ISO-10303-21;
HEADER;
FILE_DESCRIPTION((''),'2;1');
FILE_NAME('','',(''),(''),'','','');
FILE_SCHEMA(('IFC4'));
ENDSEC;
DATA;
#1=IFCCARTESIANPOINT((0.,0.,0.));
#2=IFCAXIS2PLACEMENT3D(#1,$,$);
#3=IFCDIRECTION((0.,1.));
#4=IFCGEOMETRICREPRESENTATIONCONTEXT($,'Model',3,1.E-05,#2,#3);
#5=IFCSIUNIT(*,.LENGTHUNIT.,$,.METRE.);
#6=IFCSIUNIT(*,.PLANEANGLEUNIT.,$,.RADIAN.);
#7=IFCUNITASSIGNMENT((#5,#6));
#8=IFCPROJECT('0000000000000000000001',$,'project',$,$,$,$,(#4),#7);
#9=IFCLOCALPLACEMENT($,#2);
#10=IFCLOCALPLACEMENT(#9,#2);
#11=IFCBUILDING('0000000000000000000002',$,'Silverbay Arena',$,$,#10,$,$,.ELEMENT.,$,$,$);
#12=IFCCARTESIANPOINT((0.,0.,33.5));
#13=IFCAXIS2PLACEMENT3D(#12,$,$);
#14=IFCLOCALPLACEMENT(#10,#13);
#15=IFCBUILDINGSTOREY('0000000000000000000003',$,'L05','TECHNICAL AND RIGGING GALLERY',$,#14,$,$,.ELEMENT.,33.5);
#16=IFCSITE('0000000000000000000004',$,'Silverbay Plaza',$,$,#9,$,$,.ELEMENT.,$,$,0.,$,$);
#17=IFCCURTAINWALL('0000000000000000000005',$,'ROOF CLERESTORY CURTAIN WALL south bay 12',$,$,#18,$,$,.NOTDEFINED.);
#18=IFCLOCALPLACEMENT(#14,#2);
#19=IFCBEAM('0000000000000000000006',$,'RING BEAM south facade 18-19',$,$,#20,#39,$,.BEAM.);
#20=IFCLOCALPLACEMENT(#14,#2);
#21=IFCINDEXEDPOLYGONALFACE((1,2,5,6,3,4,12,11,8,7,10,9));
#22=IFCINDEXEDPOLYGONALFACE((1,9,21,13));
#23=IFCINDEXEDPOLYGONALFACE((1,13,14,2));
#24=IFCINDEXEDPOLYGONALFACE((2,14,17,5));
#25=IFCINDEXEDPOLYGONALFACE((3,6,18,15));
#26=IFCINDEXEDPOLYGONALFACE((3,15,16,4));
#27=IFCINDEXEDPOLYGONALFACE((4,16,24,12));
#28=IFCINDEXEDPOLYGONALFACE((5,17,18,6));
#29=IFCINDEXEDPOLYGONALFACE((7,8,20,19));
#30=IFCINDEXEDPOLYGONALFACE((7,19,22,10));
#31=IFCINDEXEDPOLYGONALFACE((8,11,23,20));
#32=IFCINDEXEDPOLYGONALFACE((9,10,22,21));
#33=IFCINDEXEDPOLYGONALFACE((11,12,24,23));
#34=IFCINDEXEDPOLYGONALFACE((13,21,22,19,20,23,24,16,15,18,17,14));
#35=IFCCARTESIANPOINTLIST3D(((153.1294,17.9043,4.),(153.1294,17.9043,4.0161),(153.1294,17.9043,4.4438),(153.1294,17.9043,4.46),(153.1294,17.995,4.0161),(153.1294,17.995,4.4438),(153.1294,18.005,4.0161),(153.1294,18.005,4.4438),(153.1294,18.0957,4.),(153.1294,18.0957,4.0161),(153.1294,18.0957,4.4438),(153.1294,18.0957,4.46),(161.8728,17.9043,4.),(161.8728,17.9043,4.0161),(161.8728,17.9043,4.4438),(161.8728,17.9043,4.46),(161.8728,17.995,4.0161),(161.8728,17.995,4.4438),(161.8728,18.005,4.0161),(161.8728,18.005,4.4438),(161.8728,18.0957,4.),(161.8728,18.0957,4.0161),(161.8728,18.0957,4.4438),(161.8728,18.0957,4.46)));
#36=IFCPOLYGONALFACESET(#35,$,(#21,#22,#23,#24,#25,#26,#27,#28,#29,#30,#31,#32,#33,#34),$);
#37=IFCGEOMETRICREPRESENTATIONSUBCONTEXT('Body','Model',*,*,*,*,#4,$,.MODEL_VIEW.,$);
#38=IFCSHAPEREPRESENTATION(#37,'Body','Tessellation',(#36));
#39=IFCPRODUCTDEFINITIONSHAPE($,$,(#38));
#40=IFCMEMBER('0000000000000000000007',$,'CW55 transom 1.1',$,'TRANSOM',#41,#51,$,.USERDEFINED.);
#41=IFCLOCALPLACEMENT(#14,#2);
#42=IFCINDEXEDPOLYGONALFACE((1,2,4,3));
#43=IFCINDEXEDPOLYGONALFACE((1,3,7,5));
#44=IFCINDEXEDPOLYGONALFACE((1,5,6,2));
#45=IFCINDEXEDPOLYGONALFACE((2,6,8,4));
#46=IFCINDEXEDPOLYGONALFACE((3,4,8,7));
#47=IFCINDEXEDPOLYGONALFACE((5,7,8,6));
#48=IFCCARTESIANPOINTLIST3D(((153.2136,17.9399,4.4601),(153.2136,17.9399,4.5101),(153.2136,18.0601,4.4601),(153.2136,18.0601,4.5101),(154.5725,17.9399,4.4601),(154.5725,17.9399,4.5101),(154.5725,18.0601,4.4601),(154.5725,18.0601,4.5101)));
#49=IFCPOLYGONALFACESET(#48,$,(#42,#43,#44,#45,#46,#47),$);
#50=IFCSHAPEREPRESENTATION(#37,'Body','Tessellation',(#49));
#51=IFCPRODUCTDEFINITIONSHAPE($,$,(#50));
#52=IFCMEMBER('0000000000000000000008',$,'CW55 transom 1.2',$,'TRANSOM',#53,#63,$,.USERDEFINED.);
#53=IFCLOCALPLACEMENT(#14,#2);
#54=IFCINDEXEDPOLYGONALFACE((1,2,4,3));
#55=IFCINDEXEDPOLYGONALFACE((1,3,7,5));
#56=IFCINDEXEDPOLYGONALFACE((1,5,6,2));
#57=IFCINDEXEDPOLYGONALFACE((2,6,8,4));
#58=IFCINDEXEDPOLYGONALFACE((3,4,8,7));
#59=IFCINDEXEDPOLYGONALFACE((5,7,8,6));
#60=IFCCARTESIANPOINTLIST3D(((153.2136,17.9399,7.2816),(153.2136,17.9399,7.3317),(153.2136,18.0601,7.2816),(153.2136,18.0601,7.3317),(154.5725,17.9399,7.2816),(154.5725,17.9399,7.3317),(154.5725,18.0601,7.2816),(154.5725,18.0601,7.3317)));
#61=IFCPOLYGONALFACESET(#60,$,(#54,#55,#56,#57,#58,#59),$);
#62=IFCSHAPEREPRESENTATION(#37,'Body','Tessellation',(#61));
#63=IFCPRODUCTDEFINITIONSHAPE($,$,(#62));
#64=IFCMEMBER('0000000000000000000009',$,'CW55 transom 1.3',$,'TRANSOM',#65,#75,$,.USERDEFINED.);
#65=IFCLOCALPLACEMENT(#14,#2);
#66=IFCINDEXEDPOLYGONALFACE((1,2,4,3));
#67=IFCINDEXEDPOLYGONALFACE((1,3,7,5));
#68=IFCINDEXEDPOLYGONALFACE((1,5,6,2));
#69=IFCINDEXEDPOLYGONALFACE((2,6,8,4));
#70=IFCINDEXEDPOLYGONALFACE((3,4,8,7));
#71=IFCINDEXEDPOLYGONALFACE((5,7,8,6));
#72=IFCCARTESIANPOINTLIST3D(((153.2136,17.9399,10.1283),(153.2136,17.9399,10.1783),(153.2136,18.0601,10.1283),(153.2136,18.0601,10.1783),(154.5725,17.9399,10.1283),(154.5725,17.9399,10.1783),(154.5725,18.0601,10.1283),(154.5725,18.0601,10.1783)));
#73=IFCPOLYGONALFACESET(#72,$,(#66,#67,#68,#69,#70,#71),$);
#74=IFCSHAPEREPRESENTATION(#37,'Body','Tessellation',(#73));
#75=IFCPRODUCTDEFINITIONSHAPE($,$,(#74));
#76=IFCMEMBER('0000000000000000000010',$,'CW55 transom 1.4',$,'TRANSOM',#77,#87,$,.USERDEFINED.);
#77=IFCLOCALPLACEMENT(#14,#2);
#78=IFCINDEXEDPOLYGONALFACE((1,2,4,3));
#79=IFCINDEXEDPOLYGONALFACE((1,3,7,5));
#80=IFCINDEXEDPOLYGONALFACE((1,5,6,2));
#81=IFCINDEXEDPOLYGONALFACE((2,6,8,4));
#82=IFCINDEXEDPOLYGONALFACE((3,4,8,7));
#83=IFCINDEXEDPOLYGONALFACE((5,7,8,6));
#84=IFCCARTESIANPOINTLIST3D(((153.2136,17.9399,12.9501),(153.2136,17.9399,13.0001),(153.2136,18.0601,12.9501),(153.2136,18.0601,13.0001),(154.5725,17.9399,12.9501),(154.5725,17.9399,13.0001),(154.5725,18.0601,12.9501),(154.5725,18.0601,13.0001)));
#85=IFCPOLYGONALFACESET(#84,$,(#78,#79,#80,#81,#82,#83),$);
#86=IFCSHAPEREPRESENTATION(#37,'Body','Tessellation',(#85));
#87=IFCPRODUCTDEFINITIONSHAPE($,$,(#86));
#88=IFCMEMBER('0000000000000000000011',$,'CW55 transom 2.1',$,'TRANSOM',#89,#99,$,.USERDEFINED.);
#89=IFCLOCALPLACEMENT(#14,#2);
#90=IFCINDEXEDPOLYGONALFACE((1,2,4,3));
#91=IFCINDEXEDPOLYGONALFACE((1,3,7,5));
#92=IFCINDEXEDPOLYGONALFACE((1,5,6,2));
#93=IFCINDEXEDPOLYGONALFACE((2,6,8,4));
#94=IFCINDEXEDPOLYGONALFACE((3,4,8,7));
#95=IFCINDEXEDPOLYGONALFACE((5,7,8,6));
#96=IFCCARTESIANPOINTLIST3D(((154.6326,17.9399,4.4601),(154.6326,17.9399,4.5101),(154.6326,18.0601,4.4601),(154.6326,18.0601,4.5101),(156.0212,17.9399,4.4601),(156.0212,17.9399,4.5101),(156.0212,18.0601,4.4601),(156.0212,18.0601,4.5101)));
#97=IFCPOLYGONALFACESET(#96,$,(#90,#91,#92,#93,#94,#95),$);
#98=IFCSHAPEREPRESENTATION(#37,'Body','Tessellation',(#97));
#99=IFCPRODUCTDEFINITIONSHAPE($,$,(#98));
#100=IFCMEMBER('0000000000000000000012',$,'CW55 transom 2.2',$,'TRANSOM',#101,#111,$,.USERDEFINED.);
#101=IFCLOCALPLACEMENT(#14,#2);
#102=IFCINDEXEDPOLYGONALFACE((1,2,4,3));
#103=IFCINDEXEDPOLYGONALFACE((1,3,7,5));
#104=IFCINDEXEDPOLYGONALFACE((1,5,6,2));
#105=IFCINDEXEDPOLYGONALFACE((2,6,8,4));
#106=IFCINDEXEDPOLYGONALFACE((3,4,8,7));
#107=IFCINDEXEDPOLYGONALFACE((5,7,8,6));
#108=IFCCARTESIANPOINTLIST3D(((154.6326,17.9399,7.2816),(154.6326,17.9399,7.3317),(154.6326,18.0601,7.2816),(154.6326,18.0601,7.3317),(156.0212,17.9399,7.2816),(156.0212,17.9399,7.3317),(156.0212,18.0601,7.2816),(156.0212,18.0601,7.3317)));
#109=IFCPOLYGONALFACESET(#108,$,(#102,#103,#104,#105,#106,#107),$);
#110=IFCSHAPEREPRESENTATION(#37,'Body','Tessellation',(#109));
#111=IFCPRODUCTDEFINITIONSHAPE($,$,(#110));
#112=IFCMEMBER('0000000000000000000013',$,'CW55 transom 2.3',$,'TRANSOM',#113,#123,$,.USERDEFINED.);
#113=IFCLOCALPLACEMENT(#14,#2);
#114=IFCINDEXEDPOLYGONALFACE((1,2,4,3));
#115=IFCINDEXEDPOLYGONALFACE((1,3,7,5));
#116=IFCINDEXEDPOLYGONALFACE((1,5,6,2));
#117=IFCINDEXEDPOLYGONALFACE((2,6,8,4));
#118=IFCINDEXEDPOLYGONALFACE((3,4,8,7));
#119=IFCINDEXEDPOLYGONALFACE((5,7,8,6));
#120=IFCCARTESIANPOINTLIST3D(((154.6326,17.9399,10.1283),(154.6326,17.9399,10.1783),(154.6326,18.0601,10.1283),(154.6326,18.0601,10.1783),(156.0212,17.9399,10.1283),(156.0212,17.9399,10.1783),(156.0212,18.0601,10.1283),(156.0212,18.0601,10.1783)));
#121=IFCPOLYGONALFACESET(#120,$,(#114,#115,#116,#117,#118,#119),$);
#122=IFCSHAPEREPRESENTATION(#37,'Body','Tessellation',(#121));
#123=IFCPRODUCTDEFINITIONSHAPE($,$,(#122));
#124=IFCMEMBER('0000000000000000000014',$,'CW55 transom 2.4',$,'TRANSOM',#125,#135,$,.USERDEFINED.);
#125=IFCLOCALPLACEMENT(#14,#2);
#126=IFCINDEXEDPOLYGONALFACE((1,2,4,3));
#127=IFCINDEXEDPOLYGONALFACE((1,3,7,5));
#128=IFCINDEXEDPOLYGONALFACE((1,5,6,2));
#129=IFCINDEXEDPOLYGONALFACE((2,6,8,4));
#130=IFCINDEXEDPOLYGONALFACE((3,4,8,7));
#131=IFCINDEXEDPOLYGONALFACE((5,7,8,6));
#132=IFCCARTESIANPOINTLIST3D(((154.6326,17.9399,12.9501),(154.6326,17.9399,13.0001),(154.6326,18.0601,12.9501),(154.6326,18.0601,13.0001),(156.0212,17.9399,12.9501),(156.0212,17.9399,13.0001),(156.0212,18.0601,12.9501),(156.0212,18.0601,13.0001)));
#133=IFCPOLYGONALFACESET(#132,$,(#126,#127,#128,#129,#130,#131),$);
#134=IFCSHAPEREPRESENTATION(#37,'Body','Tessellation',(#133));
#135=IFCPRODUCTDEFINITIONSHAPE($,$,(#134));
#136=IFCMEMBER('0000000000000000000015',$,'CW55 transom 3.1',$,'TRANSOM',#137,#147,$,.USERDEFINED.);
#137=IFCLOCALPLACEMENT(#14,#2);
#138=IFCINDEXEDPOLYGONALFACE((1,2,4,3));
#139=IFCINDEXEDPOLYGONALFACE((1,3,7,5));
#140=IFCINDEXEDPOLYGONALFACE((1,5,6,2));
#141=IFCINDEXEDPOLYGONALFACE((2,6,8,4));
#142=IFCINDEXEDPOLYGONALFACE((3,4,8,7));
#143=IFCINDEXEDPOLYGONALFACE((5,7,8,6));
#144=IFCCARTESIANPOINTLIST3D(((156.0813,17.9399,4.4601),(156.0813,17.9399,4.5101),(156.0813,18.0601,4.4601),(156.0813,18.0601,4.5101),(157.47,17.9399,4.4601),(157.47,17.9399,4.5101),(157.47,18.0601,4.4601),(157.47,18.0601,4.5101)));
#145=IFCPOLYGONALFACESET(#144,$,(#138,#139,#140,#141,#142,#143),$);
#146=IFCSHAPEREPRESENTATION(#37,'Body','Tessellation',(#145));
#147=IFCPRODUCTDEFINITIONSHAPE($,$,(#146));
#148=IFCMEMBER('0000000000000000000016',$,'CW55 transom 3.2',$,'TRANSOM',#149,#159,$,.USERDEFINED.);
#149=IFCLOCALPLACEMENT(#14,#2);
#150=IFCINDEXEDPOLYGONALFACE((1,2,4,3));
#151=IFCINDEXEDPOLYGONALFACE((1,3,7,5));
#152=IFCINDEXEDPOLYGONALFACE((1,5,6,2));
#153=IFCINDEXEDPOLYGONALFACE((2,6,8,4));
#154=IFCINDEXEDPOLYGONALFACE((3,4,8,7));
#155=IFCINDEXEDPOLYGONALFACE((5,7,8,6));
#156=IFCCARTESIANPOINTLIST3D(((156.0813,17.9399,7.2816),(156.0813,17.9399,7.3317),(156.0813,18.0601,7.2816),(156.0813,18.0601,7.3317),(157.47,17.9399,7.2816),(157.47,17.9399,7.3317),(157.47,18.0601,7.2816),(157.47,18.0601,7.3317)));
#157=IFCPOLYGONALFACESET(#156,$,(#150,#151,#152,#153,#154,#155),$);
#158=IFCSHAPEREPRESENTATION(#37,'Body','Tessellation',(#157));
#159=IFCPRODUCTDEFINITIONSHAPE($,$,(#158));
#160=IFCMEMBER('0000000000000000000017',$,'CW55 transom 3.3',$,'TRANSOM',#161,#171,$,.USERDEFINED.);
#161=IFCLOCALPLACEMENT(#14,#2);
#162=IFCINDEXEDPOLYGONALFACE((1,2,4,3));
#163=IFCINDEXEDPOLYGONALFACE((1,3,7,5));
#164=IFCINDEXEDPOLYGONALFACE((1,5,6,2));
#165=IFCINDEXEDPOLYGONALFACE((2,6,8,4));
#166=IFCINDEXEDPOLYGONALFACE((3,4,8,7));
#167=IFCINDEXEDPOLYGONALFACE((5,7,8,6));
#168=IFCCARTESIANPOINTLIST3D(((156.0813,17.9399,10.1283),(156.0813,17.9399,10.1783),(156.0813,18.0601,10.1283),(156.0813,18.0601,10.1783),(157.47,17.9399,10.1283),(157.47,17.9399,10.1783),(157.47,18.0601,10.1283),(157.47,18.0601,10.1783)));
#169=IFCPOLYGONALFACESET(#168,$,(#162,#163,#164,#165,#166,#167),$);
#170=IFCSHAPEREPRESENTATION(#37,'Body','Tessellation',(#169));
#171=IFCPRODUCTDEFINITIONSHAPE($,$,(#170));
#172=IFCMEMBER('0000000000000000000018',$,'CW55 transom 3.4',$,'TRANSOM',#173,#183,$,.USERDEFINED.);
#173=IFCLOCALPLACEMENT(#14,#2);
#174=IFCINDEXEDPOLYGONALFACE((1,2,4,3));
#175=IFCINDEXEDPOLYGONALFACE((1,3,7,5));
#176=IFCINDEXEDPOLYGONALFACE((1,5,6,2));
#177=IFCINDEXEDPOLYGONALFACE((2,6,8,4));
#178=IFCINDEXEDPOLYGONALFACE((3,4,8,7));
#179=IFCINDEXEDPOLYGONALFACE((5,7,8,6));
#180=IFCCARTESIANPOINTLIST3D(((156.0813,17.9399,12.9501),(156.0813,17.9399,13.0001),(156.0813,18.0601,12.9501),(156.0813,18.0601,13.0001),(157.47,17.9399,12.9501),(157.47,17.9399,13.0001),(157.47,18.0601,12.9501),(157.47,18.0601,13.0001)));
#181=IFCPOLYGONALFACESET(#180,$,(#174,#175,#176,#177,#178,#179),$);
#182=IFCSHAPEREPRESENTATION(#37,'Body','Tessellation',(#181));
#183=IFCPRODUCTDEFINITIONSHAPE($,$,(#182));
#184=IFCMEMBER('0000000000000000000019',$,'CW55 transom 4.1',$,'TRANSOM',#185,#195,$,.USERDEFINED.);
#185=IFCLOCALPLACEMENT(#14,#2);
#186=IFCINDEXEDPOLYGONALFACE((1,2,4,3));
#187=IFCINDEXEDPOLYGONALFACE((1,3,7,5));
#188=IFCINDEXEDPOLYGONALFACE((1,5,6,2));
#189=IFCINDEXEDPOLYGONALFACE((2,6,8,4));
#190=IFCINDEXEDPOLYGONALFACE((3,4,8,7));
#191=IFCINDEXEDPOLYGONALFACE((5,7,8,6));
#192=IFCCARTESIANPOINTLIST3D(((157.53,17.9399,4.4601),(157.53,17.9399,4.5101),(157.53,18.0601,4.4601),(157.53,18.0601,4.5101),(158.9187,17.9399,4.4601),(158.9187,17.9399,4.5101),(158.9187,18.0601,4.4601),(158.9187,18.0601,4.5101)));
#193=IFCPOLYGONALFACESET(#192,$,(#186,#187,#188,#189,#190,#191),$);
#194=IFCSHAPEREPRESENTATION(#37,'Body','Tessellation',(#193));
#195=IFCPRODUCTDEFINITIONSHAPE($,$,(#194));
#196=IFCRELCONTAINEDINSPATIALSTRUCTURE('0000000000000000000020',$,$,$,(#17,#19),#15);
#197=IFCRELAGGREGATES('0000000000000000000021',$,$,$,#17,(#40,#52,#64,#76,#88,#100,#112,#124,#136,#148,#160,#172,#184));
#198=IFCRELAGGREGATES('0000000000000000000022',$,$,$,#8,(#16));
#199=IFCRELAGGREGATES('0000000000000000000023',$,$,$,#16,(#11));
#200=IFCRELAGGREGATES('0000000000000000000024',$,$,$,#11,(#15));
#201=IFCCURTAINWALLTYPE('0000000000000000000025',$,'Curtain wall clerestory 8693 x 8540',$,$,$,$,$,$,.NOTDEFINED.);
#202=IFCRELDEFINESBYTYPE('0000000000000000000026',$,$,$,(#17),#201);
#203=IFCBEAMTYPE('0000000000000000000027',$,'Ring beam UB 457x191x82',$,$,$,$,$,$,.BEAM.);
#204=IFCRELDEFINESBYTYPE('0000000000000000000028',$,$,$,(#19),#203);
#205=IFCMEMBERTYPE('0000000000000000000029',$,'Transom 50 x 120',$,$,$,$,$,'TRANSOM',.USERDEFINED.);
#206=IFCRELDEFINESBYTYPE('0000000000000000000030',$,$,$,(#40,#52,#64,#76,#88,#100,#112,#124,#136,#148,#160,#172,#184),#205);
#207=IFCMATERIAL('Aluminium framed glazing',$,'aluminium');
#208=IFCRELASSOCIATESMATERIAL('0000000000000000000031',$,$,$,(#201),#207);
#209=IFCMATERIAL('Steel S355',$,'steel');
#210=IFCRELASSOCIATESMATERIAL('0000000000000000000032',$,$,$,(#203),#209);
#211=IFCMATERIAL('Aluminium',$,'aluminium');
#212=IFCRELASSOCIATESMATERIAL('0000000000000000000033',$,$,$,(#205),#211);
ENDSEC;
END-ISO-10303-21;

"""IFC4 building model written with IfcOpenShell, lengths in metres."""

from ifc_helpers import new_model, si_unit, direction, frame, origin, origin_2d, place, context, subcontext, project, spatial, rectangle, i_section, extrude, material, material_profile, profile_set, type_object, element, aggregate, save


model = new_model("IFC4")

# Units and contexts
model_context = context("Model", 3, precision=1e-05, world=origin(), true_north=direction((0.0, 1.0)))
body_context = subcontext(model_context, "Body", "Model", "MODEL_VIEW")
ifc_project = project(units=[si_unit("LENGTHUNIT", "METRE"), si_unit("PLANEANGLEUNIT", "RADIAN")], contexts=[model_context])

# Site, building, storey
site_placement = place(None, origin())
site = spatial("IfcSite", under=ifc_project, at=site_placement, Name="Silverbay Plaza", CompositionType="ELEMENT", RefElevation=0.0)
building_placement = place(site_placement, origin())
building = spatial("IfcBuilding", under=site, at=building_placement, Name="Silverbay Arena", CompositionType="ELEMENT")
storey_placement = place(building_placement, frame((0.0, 0.0, 33.5)))
storey = spatial("IfcBuildingStorey", under=building, at=storey_placement, Name="L05", Description="TECHNICAL AND RIGGING GALLERY", CompositionType="ELEMENT", Elevation=33.5)

# Curtain wall
ifc_material_1 = material(Name="Aluminium framed glazing", Category="aluminium")
curtain_wall_type = type_object("IfcCurtainWallType", Name="Curtain wall clerestory 8693 x 8540", PredefinedType="NOTDEFINED", material=ifc_material_1)
curtain_wall_placement = place(storey_placement, origin())
curtain_wall = element("IfcCurtainWall", 1, at=curtain_wall_placement, inside=storey, type_object=curtain_wall_type, Name="ROOF CLERESTORY CURTAIN WALL south bay 12", PredefinedType="NOTDEFINED")

# Beam
ifc_material_2 = material(Name="Steel S355", Category="steel")
ifc_material_profile_1 = material_profile(ifc_material_2, i_section(OverallWidth=0.1914, OverallDepth=0.46, WebThickness=0.01, FlangeThickness=0.0161, at=origin_2d()), Name="UB 457x191x82")
ifc_profile_set_1 = profile_set([ifc_material_profile_1], Name="Steel S355")
beam_type = type_object("IfcBeamType", Name="Ring beam UB 457x191x82", PredefinedType="BEAM", material=ifc_profile_set_1)
beam_placement = place(storey_placement, frame((153.1294, 18.0, 4.23), z_axis=(1.0, 0.0, 0.0), x_axis=(0.0, 1.0, 0.0)))
element("IfcBeam", 2, at=beam_placement, inside=storey, type_object=beam_type, Name="RING BEAM south facade 18-19", PredefinedType="BEAM", context=body_context, shape_type="SweptSolid", body=[
    extrude(i_section(OverallWidth=0.1914, OverallDepth=0.46, WebThickness=0.01, FlangeThickness=0.0161, at=origin_2d()), origin(), (0.0, 0.0, 1.0), 8.7434),
])

# Members
ifc_material_3 = material(Name="Aluminium", Category="aluminium")
ifc_material_profile_2 = material_profile(ifc_material_3, rectangle(XDim=0.1201, YDim=0.05, at=origin_2d()), Name="Transom 50 x 120")
ifc_profile_set_2 = profile_set([ifc_material_profile_2], Name="Aluminium")
member_type_1 = type_object("IfcMemberType", Name="Transom 50 x 120", ElementType="TRANSOM", PredefinedType="USERDEFINED", material=ifc_profile_set_2)
member_1_placement = place(storey_placement, frame((153.2136, 18.0, 4.4851), z_axis=(1.0, 0.0, 0.0), x_axis=(0.0, 1.0, 0.0)))
member_1 = element("IfcMember", 3, at=member_1_placement, type_object=member_type_1, Name="CW55 transom 1.1", ObjectType="TRANSOM", PredefinedType="USERDEFINED", context=body_context, shape_type="SweptSolid", body=[
    extrude(rectangle(XDim=0.1201, YDim=0.05, at=origin_2d()), origin(), (0.0, 0.0, 1.0), 1.3589),
])
member_2_placement = place(storey_placement, frame((153.2136, 18.0, 7.3066), z_axis=(1.0, 0.0, 0.0), x_axis=(0.0, 1.0, 0.0)))
member_2 = element("IfcMember", 4, at=member_2_placement, type_object=member_type_1, Name="CW55 transom 1.2", ObjectType="TRANSOM", PredefinedType="USERDEFINED", context=body_context, shape_type="SweptSolid", body=[
    extrude(rectangle(XDim=0.1201, YDim=0.05, at=origin_2d()), origin(), (0.0, 0.0, 1.0), 1.3589),
])
member_3_placement = place(storey_placement, frame((153.2136, 18.0, 10.1533), z_axis=(1.0, 0.0, 0.0), x_axis=(0.0, 1.0, 0.0)))
member_3 = element("IfcMember", 5, at=member_3_placement, type_object=member_type_1, Name="CW55 transom 1.3", ObjectType="TRANSOM", PredefinedType="USERDEFINED", context=body_context, shape_type="SweptSolid", body=[
    extrude(rectangle(XDim=0.1201, YDim=0.05, at=origin_2d()), origin(), (0.0, 0.0, 1.0), 1.3589),
])
member_4_placement = place(storey_placement, frame((153.2136, 18.0, 12.9751), z_axis=(1.0, 0.0, 0.0), x_axis=(0.0, 1.0, 0.0)))
member_4 = element("IfcMember", 6, at=member_4_placement, type_object=member_type_1, Name="CW55 transom 1.4", ObjectType="TRANSOM", PredefinedType="USERDEFINED", context=body_context, shape_type="SweptSolid", body=[
    extrude(rectangle(XDim=0.1201, YDim=0.05, at=origin_2d()), origin(), (0.0, 0.0, 1.0), 1.3589),
])
member_5_placement = place(storey_placement, frame((154.6326, 18.0, 4.4851), z_axis=(1.0, 0.0, 0.0), x_axis=(0.0, 1.0, 0.0)))
member_5 = element("IfcMember", 7, at=member_5_placement, type_object=member_type_1, Name="CW55 transom 2.1", ObjectType="TRANSOM", PredefinedType="USERDEFINED", context=body_context, shape_type="SweptSolid", body=[
    extrude(rectangle(XDim=0.1201, YDim=0.05, at=origin_2d()), origin(), (0.0, 0.0, 1.0), 1.3887),
])
member_6_placement = place(storey_placement, frame((154.6326, 18.0, 7.3066), z_axis=(1.0, 0.0, 0.0), x_axis=(0.0, 1.0, 0.0)))
member_6 = element("IfcMember", 8, at=member_6_placement, type_object=member_type_1, Name="CW55 transom 2.2", ObjectType="TRANSOM", PredefinedType="USERDEFINED", context=body_context, shape_type="SweptSolid", body=[
    extrude(rectangle(XDim=0.1201, YDim=0.05, at=origin_2d()), origin(), (0.0, 0.0, 1.0), 1.3887),
])
member_7_placement = place(storey_placement, frame((154.6326, 18.0, 10.1533), z_axis=(1.0, 0.0, 0.0), x_axis=(0.0, 1.0, 0.0)))
member_7 = element("IfcMember", 9, at=member_7_placement, type_object=member_type_1, Name="CW55 transom 2.3", ObjectType="TRANSOM", PredefinedType="USERDEFINED", context=body_context, shape_type="SweptSolid", body=[
    extrude(rectangle(XDim=0.1201, YDim=0.05, at=origin_2d()), origin(), (0.0, 0.0, 1.0), 1.3887),
])
member_8_placement = place(storey_placement, frame((154.6326, 18.0, 12.9751), z_axis=(1.0, 0.0, 0.0), x_axis=(0.0, 1.0, 0.0)))
member_8 = element("IfcMember", 10, at=member_8_placement, type_object=member_type_1, Name="CW55 transom 2.4", ObjectType="TRANSOM", PredefinedType="USERDEFINED", context=body_context, shape_type="SweptSolid", body=[
    extrude(rectangle(XDim=0.1201, YDim=0.05, at=origin_2d()), origin(), (0.0, 0.0, 1.0), 1.3887),
])
member_9_placement = place(storey_placement, frame((156.0813, 18.0, 4.4851), z_axis=(1.0, 0.0, 0.0), x_axis=(0.0, 1.0, 0.0)))
member_9 = element("IfcMember", 11, at=member_9_placement, type_object=member_type_1, Name="CW55 transom 3.1", ObjectType="TRANSOM", PredefinedType="USERDEFINED", context=body_context, shape_type="SweptSolid", body=[
    extrude(rectangle(XDim=0.1201, YDim=0.05, at=origin_2d()), origin(), (0.0, 0.0, 1.0), 1.3887),
])
member_10_placement = place(storey_placement, frame((156.0813, 18.0, 7.3066), z_axis=(1.0, 0.0, 0.0), x_axis=(0.0, 1.0, 0.0)))
member_10 = element("IfcMember", 12, at=member_10_placement, type_object=member_type_1, Name="CW55 transom 3.2", ObjectType="TRANSOM", PredefinedType="USERDEFINED", context=body_context, shape_type="SweptSolid", body=[
    extrude(rectangle(XDim=0.1201, YDim=0.05, at=origin_2d()), origin(), (0.0, 0.0, 1.0), 1.3887),
])
member_11_placement = place(storey_placement, frame((156.0813, 18.0, 10.1533), z_axis=(1.0, 0.0, 0.0), x_axis=(0.0, 1.0, 0.0)))
member_11 = element("IfcMember", 13, at=member_11_placement, type_object=member_type_1, Name="CW55 transom 3.3", ObjectType="TRANSOM", PredefinedType="USERDEFINED", context=body_context, shape_type="SweptSolid", body=[
    extrude(rectangle(XDim=0.1201, YDim=0.05, at=origin_2d()), origin(), (0.0, 0.0, 1.0), 1.3887),
])
member_12_placement = place(storey_placement, frame((156.0813, 18.0, 12.9751), z_axis=(1.0, 0.0, 0.0), x_axis=(0.0, 1.0, 0.0)))
member_12 = element("IfcMember", 14, at=member_12_placement, type_object=member_type_1, Name="CW55 transom 3.4", ObjectType="TRANSOM", PredefinedType="USERDEFINED", context=body_context, shape_type="SweptSolid", body=[
    extrude(rectangle(XDim=0.1201, YDim=0.05, at=origin_2d()), origin(), (0.0, 0.0, 1.0), 1.3887),
])
member_13_placement = place(storey_placement, frame((157.53, 18.0, 4.4851), z_axis=(1.0, 0.0, 0.0), x_axis=(0.0, 1.0, 0.0)))
member_13 = element("IfcMember", 15, at=member_13_placement, type_object=member_type_1, Name="CW55 transom 4.1", ObjectType="TRANSOM", PredefinedType="USERDEFINED", context=body_context, shape_type="SweptSolid", body=[
    extrude(rectangle(XDim=0.1201, YDim=0.05, at=origin_2d()), origin(), (0.0, 0.0, 1.0), 1.3887),
])

aggregate(curtain_wall, [member_1, member_2, member_3, member_4, member_5, member_6, member_7, member_8, member_9, member_10, member_11, member_12, member_13])

save(model, "model.ifc")
